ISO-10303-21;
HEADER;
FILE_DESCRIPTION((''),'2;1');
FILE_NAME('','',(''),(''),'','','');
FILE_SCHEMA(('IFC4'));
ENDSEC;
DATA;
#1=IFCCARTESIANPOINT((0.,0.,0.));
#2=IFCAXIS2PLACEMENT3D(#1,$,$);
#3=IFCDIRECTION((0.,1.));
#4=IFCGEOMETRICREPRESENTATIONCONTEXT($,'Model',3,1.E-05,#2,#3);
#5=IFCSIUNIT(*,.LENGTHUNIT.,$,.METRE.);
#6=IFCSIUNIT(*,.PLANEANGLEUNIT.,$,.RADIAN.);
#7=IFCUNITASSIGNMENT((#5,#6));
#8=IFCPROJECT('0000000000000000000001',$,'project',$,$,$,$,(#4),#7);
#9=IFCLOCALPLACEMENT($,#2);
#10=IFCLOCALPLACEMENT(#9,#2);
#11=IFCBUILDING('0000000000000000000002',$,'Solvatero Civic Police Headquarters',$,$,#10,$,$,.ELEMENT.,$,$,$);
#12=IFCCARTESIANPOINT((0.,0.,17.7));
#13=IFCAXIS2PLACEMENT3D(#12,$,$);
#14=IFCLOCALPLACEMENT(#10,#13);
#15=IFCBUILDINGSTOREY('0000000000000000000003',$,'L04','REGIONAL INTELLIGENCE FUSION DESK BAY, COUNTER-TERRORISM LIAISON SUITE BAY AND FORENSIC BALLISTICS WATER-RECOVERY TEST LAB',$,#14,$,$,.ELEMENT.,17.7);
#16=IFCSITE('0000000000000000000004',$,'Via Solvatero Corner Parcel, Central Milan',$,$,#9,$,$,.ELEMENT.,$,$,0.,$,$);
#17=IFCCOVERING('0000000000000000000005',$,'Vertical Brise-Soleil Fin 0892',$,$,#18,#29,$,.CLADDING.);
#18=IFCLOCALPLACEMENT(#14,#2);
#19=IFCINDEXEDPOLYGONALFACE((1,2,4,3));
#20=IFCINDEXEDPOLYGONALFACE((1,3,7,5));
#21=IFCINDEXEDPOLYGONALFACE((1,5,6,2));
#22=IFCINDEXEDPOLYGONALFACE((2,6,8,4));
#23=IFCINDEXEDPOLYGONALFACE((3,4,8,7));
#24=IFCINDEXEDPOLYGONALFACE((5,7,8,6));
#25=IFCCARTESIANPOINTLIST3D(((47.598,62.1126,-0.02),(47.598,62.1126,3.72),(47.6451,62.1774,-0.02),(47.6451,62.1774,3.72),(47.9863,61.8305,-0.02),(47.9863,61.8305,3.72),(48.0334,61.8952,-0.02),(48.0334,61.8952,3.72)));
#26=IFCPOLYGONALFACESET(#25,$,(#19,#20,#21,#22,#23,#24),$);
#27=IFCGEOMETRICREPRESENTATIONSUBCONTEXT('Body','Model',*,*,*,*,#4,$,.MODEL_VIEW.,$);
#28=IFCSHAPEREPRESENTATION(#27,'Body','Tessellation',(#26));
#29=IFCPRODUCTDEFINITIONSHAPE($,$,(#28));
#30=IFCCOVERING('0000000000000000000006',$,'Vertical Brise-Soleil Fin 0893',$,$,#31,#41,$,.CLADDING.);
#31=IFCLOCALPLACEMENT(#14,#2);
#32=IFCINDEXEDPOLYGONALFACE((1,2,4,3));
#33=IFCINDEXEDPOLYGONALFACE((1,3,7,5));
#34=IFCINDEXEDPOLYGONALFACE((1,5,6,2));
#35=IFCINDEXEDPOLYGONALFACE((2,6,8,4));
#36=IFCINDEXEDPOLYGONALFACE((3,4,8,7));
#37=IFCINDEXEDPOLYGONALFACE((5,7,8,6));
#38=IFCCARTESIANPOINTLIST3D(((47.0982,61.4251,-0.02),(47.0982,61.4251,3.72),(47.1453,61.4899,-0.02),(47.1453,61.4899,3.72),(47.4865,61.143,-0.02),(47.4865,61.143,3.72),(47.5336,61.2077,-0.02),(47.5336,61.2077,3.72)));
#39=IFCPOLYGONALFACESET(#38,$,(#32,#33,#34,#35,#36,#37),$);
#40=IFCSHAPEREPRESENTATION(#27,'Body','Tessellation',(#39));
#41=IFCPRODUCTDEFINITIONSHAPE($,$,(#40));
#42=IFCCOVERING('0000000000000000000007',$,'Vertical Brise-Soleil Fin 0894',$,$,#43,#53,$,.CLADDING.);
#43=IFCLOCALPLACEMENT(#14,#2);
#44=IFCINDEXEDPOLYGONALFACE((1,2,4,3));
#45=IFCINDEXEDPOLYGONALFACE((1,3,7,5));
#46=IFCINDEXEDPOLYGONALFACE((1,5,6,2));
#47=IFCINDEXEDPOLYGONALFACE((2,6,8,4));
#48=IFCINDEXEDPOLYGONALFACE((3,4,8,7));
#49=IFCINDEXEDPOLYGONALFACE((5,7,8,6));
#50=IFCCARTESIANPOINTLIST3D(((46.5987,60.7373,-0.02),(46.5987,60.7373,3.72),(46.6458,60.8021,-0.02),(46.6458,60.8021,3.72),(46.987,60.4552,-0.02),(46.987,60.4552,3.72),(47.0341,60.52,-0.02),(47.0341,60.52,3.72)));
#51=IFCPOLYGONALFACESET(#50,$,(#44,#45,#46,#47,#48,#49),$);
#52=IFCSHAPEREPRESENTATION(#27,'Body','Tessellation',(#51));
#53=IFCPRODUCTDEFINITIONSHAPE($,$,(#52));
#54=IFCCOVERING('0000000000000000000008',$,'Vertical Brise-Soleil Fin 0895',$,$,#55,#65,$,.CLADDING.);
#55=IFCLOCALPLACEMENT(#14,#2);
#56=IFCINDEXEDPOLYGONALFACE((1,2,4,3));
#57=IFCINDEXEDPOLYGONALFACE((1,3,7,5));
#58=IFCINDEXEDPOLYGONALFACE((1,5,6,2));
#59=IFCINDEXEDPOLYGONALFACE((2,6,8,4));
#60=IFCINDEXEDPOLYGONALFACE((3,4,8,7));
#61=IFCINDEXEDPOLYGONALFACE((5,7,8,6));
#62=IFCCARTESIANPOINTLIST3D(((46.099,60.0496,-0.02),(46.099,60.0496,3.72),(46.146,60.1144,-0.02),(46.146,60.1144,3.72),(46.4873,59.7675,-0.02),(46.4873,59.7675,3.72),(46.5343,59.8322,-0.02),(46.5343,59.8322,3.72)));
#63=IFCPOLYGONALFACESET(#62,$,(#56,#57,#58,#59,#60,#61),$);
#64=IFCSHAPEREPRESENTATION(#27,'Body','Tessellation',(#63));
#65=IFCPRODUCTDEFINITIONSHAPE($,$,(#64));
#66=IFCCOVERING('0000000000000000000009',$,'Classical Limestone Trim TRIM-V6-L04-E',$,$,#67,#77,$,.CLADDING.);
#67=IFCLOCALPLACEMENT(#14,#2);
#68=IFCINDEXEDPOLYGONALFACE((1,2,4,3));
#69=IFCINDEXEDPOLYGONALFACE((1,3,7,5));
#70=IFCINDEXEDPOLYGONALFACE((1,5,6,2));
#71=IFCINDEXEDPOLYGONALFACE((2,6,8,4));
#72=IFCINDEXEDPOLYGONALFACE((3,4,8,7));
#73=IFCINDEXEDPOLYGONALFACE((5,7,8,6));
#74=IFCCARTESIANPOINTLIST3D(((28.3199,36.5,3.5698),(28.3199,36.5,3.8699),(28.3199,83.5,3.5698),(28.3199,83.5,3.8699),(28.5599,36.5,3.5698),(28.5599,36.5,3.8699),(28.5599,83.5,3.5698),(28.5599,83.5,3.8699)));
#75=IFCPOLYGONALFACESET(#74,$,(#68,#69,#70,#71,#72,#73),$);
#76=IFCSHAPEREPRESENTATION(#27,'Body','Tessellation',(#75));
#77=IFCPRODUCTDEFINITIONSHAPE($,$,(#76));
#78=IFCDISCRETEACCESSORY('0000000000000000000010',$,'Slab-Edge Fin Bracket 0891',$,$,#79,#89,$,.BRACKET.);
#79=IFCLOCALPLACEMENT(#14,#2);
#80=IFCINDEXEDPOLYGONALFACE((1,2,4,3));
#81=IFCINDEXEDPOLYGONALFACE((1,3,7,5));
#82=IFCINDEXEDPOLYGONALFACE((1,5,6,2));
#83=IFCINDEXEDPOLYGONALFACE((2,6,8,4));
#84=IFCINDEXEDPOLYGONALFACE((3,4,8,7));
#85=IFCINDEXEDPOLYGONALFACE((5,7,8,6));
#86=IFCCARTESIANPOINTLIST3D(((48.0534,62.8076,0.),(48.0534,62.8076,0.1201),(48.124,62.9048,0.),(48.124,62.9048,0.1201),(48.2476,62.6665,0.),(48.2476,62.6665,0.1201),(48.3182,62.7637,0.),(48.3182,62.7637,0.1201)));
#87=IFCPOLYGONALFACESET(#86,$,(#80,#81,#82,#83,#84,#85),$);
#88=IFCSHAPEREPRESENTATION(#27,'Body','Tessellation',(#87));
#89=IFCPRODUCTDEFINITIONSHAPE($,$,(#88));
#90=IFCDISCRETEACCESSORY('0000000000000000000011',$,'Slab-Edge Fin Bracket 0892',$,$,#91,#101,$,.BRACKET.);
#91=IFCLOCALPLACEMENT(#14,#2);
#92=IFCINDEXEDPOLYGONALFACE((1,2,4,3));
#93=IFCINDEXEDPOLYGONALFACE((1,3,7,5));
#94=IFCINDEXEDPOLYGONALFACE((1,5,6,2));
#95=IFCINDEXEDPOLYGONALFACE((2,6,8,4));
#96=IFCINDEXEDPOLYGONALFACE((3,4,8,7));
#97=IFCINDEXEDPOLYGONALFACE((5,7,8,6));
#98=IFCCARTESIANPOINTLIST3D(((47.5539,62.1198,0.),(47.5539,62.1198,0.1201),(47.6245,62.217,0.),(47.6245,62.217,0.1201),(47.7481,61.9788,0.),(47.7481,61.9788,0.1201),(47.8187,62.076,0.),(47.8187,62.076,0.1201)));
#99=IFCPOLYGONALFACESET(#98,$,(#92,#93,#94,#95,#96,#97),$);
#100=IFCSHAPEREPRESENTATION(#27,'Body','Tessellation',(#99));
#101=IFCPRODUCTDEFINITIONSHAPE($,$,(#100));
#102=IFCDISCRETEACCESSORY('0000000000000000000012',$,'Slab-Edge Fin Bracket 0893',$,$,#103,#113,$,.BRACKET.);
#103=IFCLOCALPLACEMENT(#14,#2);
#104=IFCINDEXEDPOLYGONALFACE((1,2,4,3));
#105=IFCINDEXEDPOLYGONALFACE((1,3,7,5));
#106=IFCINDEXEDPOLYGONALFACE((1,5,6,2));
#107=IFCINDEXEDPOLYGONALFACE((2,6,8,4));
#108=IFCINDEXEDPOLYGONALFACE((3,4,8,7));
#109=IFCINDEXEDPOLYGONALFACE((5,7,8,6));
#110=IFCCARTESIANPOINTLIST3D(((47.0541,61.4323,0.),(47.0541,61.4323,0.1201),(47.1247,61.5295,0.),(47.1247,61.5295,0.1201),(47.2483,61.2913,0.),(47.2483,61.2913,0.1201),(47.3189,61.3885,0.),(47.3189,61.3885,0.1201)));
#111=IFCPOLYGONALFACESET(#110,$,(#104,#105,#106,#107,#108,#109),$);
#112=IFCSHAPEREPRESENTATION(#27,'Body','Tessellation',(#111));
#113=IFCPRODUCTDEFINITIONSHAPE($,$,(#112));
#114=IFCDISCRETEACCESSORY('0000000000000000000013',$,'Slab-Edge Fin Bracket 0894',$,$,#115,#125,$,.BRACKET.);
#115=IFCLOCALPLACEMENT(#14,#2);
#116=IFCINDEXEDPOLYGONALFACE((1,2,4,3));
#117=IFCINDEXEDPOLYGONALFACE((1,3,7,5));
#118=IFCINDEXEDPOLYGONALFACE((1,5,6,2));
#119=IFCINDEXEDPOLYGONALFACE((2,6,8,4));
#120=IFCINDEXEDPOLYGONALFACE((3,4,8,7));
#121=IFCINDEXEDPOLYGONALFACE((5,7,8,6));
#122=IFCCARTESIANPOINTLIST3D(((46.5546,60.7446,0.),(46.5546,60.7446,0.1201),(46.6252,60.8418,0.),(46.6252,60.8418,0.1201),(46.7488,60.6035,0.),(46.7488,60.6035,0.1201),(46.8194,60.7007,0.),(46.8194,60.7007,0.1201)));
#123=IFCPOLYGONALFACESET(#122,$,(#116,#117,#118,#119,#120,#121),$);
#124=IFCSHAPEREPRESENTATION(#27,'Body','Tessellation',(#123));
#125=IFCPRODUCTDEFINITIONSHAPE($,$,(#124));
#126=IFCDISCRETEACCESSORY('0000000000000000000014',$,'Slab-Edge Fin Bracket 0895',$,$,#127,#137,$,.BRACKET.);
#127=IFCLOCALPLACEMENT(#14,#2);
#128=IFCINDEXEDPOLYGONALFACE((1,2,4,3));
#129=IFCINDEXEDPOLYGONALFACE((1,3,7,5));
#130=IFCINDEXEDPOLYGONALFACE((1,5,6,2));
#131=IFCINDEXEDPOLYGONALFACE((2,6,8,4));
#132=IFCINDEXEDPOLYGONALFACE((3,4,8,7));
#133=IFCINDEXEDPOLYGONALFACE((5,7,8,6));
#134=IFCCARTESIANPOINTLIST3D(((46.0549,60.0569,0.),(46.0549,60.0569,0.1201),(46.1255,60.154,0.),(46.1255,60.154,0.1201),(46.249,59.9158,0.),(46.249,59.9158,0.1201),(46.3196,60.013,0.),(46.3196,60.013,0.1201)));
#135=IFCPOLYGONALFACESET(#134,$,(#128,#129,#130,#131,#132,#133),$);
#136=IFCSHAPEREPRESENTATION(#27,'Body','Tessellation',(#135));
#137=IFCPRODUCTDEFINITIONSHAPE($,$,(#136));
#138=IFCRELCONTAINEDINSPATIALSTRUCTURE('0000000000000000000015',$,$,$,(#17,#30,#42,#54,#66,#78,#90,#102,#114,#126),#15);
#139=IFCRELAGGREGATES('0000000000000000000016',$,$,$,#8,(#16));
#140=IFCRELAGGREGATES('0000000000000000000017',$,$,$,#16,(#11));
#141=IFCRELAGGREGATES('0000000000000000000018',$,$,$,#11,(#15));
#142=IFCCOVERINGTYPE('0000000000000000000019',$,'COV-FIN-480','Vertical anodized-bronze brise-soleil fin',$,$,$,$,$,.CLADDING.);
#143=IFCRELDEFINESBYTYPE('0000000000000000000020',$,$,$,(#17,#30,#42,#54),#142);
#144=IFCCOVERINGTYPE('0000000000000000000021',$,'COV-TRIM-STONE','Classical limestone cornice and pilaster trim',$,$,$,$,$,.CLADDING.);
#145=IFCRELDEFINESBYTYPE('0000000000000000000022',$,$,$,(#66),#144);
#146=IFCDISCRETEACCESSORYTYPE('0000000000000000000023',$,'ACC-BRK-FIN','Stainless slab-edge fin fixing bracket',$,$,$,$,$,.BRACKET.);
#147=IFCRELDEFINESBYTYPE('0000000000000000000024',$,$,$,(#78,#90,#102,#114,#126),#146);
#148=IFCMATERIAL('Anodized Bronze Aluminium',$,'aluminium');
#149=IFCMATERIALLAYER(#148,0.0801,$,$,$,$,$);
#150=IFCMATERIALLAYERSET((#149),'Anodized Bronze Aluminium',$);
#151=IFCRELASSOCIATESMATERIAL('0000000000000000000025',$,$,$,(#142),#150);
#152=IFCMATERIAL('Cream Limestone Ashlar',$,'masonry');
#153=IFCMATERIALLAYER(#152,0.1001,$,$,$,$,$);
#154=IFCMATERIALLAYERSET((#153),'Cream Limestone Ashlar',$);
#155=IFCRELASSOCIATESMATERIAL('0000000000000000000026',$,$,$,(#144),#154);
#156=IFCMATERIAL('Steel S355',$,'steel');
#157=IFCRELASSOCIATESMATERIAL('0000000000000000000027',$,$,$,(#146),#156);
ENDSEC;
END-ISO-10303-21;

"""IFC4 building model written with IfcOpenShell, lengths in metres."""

from ifc_helpers import new_model, si_unit, direction, frame, origin, origin_2d, place, context, subcontext, project, spatial, rectangle, extrude, material, layer, layer_set, type_object, element, save


model = new_model("IFC4")

# Units and contexts
model_context = context("Model", 3, precision=1e-05, world=origin(), true_north=direction((0.0, 1.0)))
body_context = subcontext(model_context, "Body", "Model", "MODEL_VIEW")
ifc_project = project(units=[si_unit("LENGTHUNIT", "METRE"), si_unit("PLANEANGLEUNIT", "RADIAN")], contexts=[model_context])

# Site, building, storey
site_placement = place(None, origin())
site = spatial("IfcSite", under=ifc_project, at=site_placement, Name="Via Solvatero Corner Parcel, Central Milan", CompositionType="ELEMENT", RefElevation=0.0)
building_placement = place(site_placement, origin())
building = spatial("IfcBuilding", under=site, at=building_placement, Name="Solvatero Civic Police Headquarters", CompositionType="ELEMENT")
storey_placement = place(building_placement, frame((0.0, 0.0, 17.7)))
storey = spatial("IfcBuildingStorey", under=building, at=storey_placement, Name="L04", Description="REGIONAL INTELLIGENCE FUSION DESK BAY, COUNTER-TERRORISM LIAISON SUITE BAY AND FORENSIC BALLISTICS WATER-RECOVERY TEST LAB", CompositionType="ELEMENT", Elevation=17.7)

# Shared definitions
ifc_material_1 = material(Name="Steel S355", Category="steel")

# Shared definitions
ifc_material_2 = material(Name="Anodized Bronze Aluminium", Category="aluminium")

# Coverings
ifc_layer_1 = layer(ifc_material_2, 0.0801)
ifc_layer_set_1 = layer_set([ifc_layer_1], Name="Anodized Bronze Aluminium")
covering_type_1 = type_object("IfcCoveringType", Name="COV-FIN-480", Description="Vertical anodized-bronze brise-soleil fin", PredefinedType="CLADDING", material=ifc_layer_set_1)
for number, where, z_axis, x_axis, name in (
    (1, (47.8157, 62.0039, -0.02), (0.0, 0.0, 1.0), (-0.587785, -0.809017, 0.0), "Vertical Brise-Soleil Fin 0892"),
    (2, (47.3159, 61.3164, -0.02), (0.0, 0.0, 1.0), (-0.587785, -0.809017, 0.0), "Vertical Brise-Soleil Fin 0893"),
    (3, (46.8164, 60.6287, -0.02), (0.0, 0.0, 1.0), (-0.587785, -0.809017, 0.0), "Vertical Brise-Soleil Fin 0894"),
    (4, (46.3167, 59.9409, -0.02), (0.0, 0.0, 1.0), (-0.587785, -0.809017, 0.0), "Vertical Brise-Soleil Fin 0895"),
):
    element("IfcCovering", number, at=place(storey_placement, frame(where, z_axis=z_axis, x_axis=x_axis)), inside=storey, type_object=covering_type_1, Name=name, PredefinedType="CLADDING", context=body_context, shape_type="SweptSolid", body=[
        extrude(rectangle(XDim=0.0801, YDim=0.48, at=origin_2d()), origin(), (0.0, 0.0, 1.0), 3.74),
    ])
ifc_material_3 = material(Name="Cream Limestone Ashlar", Category="masonry")
ifc_layer_2 = layer(ifc_material_3, 0.1001)
ifc_layer_set_2 = layer_set([ifc_layer_2], Name="Cream Limestone Ashlar")
covering_type_2 = type_object("IfcCoveringType", Name="COV-TRIM-STONE", Description="Classical limestone cornice and pilaster trim", PredefinedType="CLADDING", material=ifc_layer_set_2)
covering_placement = place(storey_placement, frame((28.4399, 60.0, 3.5698), z_axis=(0.0, 0.0, 1.0), x_axis=(1.0, 0.0, 0.0)))
element("IfcCovering", 5, at=covering_placement, inside=storey, type_object=covering_type_2, Name="Classical Limestone Trim TRIM-V6-L04-E", PredefinedType="CLADDING", context=body_context, shape_type="SweptSolid", body=[
    extrude(rectangle(XDim=0.24, YDim=47.0, at=origin_2d()), origin(), (0.0, 0.0, 1.0), 0.3),
])

# Discrete accessories
discrete_accessory_type = type_object("IfcDiscreteAccessoryType", Name="ACC-BRK-FIN", Description="Stainless slab-edge fin fixing bracket", PredefinedType="BRACKET", material=ifc_material_1)
for number, where, z_axis, x_axis, name in (
    (6, (48.1858, 62.7856, 0.0), (0.0, 0.0, 1.0), (-0.587785, -0.809017, 0.0), "Slab-Edge Fin Bracket 0891"),
    (7, (47.6863, 62.0979, 0.0), (0.0, 0.0, 1.0), (-0.587785, -0.809017, 0.0), "Slab-Edge Fin Bracket 0892"),
    (8, (47.1865, 61.4104, 0.0), (0.0, 0.0, 1.0), (-0.587785, -0.809017, 0.0), "Slab-Edge Fin Bracket 0893"),
    (9, (46.687, 60.7227, 0.0), (0.0, 0.0, 1.0), (-0.587785, -0.809017, 0.0), "Slab-Edge Fin Bracket 0894"),
    (10, (46.1873, 60.0349, 0.0), (0.0, 0.0, 1.0), (-0.587785, -0.809017, 0.0), "Slab-Edge Fin Bracket 0895"),
):
    element("IfcDiscreteAccessory", number, at=place(storey_placement, frame(where, z_axis=z_axis, x_axis=x_axis)), inside=storey, type_object=discrete_accessory_type, Name=name, PredefinedType="BRACKET", context=body_context, shape_type="SweptSolid", body=[
        extrude(rectangle(XDim=0.1201, YDim=0.24, at=origin_2d()), origin(), (0.0, 0.0, 1.0), 0.1201),
    ])

save(model, "model.ifc")
